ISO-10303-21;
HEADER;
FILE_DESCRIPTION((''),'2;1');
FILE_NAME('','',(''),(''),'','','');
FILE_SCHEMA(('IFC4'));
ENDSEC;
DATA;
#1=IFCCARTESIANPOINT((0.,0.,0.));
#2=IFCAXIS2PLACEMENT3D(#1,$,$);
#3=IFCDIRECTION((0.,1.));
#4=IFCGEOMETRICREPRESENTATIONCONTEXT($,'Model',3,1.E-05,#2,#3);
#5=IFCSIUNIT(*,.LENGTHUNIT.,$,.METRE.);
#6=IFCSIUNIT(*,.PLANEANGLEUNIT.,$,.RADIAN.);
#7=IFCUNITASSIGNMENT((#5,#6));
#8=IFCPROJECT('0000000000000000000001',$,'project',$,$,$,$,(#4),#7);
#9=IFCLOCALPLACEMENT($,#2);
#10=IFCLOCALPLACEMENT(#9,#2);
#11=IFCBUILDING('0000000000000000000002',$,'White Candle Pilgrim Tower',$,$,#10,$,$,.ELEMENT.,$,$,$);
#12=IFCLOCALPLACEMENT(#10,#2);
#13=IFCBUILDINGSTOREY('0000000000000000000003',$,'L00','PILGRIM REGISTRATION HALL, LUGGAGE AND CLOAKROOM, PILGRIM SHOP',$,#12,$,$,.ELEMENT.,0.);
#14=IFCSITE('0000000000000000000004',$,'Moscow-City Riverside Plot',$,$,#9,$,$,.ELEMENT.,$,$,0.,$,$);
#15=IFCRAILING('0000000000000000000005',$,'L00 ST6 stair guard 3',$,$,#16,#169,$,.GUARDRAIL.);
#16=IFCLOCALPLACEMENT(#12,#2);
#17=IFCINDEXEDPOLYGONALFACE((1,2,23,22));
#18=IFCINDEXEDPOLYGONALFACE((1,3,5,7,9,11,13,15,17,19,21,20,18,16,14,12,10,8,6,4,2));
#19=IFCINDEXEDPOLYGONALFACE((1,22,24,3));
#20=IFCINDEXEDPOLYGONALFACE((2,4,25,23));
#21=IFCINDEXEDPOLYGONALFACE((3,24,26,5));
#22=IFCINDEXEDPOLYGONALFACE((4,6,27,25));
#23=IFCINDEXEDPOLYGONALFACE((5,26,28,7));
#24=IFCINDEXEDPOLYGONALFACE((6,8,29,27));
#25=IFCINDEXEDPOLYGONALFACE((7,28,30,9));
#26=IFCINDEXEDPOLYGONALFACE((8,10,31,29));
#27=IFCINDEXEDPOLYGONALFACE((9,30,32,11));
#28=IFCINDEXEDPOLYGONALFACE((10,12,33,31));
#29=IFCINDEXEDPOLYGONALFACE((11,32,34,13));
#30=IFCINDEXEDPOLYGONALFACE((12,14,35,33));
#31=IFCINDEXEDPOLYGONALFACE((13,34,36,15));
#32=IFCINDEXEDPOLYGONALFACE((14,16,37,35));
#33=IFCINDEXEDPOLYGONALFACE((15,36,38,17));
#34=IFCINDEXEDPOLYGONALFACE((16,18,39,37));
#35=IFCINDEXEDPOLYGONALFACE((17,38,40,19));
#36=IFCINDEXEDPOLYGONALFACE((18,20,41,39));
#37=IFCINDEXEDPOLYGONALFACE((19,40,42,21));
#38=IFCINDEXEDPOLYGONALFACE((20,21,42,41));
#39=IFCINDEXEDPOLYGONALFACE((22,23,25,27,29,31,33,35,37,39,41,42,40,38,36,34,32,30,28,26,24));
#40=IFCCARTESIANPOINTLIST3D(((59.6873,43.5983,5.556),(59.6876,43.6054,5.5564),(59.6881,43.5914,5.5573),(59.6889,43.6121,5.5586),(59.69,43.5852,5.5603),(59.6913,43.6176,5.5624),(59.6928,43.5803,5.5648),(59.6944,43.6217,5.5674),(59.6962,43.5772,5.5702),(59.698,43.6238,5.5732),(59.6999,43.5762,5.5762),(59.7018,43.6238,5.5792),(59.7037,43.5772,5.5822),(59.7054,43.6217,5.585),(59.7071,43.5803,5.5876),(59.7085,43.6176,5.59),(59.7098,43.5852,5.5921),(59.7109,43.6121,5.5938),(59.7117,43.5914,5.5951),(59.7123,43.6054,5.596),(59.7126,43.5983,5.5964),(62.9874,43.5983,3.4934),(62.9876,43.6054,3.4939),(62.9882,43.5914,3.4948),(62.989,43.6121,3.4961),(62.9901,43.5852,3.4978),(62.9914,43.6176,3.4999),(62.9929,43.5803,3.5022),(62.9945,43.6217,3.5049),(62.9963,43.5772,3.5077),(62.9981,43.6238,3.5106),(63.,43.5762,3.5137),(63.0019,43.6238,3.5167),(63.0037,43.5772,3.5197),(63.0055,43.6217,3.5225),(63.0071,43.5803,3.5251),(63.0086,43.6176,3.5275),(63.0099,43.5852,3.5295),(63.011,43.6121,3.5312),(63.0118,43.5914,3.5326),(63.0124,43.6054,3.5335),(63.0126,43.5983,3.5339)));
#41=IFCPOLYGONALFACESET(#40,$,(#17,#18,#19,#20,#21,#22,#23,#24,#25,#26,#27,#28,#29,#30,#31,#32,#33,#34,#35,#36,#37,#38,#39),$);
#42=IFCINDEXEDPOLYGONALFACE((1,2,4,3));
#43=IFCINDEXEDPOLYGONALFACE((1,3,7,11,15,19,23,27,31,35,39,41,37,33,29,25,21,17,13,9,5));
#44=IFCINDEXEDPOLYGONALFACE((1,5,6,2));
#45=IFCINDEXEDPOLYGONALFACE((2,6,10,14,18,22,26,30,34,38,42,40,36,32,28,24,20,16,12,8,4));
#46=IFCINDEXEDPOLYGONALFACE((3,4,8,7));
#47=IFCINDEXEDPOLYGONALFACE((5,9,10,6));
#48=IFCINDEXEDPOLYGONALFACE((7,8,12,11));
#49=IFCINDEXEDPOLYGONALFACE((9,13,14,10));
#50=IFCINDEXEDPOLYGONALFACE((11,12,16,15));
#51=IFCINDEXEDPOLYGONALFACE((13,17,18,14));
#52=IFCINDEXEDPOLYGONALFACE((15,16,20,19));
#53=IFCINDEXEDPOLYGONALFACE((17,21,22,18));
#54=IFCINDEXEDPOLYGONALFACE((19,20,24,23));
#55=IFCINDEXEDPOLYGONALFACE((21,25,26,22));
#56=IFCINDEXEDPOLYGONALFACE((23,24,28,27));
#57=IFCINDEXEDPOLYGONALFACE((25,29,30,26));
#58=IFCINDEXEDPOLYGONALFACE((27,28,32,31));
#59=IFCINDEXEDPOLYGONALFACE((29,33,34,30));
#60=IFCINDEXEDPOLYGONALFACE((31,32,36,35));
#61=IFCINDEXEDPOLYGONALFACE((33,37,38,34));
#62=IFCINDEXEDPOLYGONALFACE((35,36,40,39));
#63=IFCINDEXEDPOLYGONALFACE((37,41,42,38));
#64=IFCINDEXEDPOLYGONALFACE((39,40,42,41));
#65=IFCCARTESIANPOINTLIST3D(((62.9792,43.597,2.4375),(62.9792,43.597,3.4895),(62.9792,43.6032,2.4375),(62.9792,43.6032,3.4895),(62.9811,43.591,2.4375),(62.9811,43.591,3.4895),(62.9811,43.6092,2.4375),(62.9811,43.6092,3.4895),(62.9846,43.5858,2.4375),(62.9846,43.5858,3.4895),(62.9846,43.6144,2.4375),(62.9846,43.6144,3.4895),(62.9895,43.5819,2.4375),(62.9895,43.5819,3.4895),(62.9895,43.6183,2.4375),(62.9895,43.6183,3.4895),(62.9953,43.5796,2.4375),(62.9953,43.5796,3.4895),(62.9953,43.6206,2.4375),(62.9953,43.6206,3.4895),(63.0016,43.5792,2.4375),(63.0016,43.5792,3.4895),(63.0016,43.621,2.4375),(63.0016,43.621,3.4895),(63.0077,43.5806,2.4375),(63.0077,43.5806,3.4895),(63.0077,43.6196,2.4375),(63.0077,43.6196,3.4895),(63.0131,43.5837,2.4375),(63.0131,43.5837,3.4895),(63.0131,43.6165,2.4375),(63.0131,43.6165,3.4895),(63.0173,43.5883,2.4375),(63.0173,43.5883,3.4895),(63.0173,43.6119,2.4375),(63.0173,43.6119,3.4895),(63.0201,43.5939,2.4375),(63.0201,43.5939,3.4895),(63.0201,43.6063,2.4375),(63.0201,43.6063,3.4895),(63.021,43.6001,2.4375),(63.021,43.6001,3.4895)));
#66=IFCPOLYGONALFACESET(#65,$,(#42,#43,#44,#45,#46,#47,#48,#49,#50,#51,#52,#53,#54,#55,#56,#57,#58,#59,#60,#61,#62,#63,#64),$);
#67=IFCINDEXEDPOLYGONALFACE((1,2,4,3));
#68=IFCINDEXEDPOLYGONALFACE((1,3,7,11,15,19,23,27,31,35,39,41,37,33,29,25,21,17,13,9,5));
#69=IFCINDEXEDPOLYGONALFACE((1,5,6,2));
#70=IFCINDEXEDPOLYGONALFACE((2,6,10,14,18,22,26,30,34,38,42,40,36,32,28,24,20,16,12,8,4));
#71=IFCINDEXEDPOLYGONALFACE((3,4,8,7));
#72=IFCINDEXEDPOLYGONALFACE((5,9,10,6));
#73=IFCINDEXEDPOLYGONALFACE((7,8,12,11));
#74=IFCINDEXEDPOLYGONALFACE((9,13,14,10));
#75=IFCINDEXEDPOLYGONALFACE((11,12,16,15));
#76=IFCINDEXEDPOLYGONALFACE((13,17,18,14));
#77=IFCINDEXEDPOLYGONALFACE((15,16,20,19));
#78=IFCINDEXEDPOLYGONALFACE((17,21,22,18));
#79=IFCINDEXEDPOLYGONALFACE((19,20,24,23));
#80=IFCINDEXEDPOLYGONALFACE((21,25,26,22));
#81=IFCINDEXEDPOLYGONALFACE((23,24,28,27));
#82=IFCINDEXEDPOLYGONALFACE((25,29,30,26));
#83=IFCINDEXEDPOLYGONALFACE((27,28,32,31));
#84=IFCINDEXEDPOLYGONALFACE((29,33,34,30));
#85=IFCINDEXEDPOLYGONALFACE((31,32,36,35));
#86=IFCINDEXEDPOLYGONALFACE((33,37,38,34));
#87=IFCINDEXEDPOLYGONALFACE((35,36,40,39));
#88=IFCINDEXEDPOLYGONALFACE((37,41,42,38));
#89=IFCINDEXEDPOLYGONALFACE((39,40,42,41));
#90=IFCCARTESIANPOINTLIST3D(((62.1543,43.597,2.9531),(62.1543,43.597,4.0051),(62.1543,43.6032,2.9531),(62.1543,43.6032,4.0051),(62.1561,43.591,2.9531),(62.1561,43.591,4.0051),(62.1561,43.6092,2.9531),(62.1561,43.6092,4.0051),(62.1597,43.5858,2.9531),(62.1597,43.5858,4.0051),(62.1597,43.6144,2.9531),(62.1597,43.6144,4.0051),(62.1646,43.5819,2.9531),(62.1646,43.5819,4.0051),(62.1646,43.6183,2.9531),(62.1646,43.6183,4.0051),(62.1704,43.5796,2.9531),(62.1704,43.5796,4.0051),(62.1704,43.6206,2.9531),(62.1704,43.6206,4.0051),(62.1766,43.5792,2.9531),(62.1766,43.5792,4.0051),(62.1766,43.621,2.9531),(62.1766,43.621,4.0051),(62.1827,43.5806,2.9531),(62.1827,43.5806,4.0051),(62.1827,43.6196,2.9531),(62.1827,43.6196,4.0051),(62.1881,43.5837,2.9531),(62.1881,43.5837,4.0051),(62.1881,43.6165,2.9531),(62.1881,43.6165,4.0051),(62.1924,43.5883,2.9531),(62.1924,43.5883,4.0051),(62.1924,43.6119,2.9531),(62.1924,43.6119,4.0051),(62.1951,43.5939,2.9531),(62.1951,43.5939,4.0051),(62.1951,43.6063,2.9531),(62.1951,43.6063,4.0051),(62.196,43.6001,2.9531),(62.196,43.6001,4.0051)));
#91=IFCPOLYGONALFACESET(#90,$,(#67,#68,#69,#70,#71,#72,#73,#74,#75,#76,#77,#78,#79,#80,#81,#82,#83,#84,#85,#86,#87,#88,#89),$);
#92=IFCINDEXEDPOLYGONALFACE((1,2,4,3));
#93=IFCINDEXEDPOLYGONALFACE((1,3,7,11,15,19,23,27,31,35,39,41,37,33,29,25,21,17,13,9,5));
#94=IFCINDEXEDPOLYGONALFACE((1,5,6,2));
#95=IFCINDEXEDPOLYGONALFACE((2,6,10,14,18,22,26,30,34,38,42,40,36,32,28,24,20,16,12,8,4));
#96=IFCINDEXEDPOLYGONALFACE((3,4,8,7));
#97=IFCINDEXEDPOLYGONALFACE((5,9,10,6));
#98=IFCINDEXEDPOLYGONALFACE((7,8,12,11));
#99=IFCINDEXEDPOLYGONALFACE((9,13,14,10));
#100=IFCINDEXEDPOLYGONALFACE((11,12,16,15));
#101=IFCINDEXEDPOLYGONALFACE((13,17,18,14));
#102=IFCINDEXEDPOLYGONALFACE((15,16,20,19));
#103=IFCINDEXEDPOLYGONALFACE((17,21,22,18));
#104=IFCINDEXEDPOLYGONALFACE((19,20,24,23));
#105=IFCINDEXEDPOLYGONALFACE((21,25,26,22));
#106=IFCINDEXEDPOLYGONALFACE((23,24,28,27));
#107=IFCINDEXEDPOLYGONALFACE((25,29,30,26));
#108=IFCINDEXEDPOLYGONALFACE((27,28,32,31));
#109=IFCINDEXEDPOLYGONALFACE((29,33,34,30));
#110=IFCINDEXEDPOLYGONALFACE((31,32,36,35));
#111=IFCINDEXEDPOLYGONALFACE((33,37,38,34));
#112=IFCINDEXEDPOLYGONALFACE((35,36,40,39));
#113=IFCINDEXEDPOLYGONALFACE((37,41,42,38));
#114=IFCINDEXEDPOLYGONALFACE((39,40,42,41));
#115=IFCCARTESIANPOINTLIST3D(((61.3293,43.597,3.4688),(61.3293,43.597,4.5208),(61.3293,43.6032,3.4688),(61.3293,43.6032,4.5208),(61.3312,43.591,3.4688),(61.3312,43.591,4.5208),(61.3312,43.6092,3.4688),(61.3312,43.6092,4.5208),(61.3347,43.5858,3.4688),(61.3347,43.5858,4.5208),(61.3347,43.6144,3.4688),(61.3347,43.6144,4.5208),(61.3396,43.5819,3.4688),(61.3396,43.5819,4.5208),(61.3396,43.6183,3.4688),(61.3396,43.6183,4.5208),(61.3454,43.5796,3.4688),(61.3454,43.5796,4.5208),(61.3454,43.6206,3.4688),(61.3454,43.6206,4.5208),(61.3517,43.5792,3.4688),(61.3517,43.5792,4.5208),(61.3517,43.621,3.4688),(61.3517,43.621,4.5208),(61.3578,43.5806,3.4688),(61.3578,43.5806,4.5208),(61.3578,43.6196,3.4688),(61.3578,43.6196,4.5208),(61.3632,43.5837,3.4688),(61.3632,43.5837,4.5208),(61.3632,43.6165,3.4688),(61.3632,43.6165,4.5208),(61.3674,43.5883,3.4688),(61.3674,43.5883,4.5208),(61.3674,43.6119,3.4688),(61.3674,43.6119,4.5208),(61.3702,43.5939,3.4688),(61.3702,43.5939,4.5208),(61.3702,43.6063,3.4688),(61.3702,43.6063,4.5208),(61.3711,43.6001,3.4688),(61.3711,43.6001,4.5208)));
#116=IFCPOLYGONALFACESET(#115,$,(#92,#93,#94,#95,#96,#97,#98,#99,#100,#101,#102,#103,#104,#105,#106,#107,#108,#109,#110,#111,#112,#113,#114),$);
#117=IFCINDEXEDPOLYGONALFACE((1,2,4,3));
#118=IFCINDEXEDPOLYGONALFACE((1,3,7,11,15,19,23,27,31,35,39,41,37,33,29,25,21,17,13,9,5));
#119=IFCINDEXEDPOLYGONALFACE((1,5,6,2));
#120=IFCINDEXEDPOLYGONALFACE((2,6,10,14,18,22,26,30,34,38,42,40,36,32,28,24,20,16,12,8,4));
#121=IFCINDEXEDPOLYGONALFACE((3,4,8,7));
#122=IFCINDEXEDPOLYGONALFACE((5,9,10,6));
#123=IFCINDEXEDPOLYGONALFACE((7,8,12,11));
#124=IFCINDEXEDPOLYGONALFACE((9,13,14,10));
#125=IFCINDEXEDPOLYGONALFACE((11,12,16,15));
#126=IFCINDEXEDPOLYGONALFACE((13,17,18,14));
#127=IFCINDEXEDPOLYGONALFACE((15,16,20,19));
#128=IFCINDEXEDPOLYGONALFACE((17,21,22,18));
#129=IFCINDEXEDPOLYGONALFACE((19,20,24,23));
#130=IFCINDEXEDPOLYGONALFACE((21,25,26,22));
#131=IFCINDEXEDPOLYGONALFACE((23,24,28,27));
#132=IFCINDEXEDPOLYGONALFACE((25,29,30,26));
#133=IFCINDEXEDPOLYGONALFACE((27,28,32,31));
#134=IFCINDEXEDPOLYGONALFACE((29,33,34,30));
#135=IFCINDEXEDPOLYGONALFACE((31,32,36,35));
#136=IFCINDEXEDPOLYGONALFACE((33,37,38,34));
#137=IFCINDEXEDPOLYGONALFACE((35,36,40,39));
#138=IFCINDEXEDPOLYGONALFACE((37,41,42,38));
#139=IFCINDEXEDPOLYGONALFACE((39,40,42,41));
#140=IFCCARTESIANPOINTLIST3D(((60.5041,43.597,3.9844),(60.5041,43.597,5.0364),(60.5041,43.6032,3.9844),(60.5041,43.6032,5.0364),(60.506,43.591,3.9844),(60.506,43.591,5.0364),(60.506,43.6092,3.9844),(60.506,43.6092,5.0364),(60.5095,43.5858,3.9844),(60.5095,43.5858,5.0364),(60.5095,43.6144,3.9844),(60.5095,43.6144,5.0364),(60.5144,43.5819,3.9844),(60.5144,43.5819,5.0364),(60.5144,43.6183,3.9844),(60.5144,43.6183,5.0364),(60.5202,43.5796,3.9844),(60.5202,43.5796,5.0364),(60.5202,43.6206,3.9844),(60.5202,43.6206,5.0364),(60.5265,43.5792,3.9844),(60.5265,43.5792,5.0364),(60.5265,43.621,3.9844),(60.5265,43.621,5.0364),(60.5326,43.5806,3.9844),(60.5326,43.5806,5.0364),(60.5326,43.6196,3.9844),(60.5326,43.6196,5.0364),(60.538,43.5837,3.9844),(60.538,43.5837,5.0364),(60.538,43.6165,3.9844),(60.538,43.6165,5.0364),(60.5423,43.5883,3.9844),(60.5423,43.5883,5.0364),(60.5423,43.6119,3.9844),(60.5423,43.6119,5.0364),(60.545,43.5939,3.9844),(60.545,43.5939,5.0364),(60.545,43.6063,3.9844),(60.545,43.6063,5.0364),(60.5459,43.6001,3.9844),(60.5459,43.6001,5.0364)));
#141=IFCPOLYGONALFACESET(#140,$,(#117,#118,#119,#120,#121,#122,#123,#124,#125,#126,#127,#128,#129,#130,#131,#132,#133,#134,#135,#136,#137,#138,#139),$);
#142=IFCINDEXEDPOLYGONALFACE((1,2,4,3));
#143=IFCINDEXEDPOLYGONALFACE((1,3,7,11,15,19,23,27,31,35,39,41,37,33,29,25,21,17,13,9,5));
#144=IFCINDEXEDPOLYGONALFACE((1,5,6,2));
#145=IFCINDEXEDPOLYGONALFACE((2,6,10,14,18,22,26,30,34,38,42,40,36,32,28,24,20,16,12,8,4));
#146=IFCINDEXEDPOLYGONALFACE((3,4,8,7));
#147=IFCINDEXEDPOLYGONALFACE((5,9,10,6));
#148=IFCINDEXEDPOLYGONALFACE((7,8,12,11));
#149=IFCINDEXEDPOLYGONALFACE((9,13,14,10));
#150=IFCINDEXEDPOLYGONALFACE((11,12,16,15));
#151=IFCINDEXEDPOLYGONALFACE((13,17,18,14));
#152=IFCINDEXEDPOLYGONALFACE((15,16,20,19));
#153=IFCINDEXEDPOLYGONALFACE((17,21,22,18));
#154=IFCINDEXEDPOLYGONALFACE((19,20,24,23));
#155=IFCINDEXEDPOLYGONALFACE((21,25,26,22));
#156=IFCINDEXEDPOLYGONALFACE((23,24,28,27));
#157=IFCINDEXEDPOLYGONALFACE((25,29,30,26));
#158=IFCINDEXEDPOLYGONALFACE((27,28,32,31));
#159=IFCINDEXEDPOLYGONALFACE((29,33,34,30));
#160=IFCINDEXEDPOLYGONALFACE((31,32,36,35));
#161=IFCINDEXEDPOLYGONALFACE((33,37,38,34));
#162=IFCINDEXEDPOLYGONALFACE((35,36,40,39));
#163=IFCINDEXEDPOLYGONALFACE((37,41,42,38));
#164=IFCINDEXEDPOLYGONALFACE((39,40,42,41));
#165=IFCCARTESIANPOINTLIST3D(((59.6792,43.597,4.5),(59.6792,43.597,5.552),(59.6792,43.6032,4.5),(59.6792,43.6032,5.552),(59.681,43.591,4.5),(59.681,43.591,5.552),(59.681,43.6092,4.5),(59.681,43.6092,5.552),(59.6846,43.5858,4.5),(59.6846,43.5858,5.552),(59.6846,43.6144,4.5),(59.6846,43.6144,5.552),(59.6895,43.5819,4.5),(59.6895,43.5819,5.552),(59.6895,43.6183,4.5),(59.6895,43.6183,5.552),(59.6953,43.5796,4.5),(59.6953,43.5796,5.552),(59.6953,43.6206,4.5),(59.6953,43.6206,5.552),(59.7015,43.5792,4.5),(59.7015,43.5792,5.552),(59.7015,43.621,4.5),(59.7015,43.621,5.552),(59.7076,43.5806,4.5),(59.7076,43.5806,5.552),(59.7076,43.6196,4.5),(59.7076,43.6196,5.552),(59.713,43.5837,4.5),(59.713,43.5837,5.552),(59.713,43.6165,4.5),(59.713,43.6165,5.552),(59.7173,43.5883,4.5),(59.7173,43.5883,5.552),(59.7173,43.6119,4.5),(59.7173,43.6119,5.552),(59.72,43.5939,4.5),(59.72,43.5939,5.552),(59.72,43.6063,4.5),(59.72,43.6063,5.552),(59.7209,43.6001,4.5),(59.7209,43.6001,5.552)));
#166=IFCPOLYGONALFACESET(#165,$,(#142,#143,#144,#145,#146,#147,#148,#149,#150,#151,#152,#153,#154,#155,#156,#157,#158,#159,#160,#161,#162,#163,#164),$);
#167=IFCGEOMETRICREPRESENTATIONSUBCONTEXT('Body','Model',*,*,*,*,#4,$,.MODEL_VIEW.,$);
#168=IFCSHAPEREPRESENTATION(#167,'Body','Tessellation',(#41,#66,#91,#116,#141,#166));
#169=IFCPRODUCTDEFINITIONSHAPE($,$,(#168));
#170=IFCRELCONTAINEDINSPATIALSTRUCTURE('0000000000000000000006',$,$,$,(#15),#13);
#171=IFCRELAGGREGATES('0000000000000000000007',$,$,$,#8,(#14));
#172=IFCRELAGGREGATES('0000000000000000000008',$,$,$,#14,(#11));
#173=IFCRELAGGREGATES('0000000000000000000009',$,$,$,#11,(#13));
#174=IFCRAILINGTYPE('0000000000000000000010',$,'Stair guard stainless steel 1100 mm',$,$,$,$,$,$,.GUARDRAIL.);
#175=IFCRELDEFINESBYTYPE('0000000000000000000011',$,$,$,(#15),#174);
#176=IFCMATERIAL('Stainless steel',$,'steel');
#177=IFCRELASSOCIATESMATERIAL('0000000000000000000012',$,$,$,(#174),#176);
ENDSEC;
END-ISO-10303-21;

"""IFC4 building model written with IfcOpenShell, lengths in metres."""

from ifc_helpers import new_model, si_unit, direction, frame, origin, origin_2d, place, context, subcontext, project, spatial, circle, extrude, material, type_object, element, save


model = new_model("IFC4")

# Units and contexts
model_context = context("Model", 3, precision=1e-05, world=origin(), true_north=direction((0.0, 1.0)))
body_context = subcontext(model_context, "Body", "Model", "MODEL_VIEW")
ifc_project = project(units=[si_unit("LENGTHUNIT", "METRE"), si_unit("PLANEANGLEUNIT", "RADIAN")], contexts=[model_context])

# Site, building, storey
site_placement = place(None, origin())
site = spatial("IfcSite", under=ifc_project, at=site_placement, Name="Moscow-City Riverside Plot", CompositionType="ELEMENT", RefElevation=0.0)
building_placement = place(site_placement, origin())
building = spatial("IfcBuilding", under=site, at=building_placement, Name="White Candle Pilgrim Tower", CompositionType="ELEMENT")
storey_placement = place(building_placement, origin())
storey = spatial("IfcBuildingStorey", under=building, at=storey_placement, Name="L00", Description="PILGRIM REGISTRATION HALL, LUGGAGE AND CLOAKROOM, PILGRIM SHOP", CompositionType="ELEMENT", Elevation=0.0)

# Railing
ifc_material_1 = material(Name="Stainless steel", Category="steel")
railing_type_1 = type_object("IfcRailingType", Name="Stair guard stainless steel 1100 mm", PredefinedType="GUARDRAIL", material=ifc_material_1)
railing_1_placement = place(storey_placement, frame((63.0, 43.6001, 2.4375)))
element("IfcRailing", 1, at=railing_1_placement, inside=storey, type_object=railing_type_1, Name="L00 ST6 stair guard 3", PredefinedType="GUARDRAIL", context=body_context, shape_type="SweptSolid", body=[
    extrude(circle(Radius=0.0239, at=origin_2d()), frame((0.0, 0.0, 1.0762), z_axis=(-0.848002, 0.0, 0.529993), x_axis=(0.0, -1.0, 0.0)), (0.0, 0.0, 1.0), 3.8916),
    extrude(circle(Radius=0.021, at=origin_2d()), origin(), (0.0, 0.0, 1.0), 1.052),
    extrude(circle(Radius=0.021, at=origin_2d()), frame((-0.825, 0.0, 0.5156)), (0.0, 0.0, 1.0), 1.052),
    extrude(circle(Radius=0.021, at=origin_2d()), frame((-1.6499, 0.0, 1.0312)), (0.0, 0.0, 1.0), 1.052),
    extrude(circle(Radius=0.021, at=origin_2d()), frame((-2.4751, 0.0, 1.5469)), (0.0, 0.0, 1.0), 1.052),
    extrude(circle(Radius=0.021, at=origin_2d()), frame((-3.3, 0.0, 2.0625)), (0.0, 0.0, 1.0), 1.052),
])

save(model, "model.ifc")
